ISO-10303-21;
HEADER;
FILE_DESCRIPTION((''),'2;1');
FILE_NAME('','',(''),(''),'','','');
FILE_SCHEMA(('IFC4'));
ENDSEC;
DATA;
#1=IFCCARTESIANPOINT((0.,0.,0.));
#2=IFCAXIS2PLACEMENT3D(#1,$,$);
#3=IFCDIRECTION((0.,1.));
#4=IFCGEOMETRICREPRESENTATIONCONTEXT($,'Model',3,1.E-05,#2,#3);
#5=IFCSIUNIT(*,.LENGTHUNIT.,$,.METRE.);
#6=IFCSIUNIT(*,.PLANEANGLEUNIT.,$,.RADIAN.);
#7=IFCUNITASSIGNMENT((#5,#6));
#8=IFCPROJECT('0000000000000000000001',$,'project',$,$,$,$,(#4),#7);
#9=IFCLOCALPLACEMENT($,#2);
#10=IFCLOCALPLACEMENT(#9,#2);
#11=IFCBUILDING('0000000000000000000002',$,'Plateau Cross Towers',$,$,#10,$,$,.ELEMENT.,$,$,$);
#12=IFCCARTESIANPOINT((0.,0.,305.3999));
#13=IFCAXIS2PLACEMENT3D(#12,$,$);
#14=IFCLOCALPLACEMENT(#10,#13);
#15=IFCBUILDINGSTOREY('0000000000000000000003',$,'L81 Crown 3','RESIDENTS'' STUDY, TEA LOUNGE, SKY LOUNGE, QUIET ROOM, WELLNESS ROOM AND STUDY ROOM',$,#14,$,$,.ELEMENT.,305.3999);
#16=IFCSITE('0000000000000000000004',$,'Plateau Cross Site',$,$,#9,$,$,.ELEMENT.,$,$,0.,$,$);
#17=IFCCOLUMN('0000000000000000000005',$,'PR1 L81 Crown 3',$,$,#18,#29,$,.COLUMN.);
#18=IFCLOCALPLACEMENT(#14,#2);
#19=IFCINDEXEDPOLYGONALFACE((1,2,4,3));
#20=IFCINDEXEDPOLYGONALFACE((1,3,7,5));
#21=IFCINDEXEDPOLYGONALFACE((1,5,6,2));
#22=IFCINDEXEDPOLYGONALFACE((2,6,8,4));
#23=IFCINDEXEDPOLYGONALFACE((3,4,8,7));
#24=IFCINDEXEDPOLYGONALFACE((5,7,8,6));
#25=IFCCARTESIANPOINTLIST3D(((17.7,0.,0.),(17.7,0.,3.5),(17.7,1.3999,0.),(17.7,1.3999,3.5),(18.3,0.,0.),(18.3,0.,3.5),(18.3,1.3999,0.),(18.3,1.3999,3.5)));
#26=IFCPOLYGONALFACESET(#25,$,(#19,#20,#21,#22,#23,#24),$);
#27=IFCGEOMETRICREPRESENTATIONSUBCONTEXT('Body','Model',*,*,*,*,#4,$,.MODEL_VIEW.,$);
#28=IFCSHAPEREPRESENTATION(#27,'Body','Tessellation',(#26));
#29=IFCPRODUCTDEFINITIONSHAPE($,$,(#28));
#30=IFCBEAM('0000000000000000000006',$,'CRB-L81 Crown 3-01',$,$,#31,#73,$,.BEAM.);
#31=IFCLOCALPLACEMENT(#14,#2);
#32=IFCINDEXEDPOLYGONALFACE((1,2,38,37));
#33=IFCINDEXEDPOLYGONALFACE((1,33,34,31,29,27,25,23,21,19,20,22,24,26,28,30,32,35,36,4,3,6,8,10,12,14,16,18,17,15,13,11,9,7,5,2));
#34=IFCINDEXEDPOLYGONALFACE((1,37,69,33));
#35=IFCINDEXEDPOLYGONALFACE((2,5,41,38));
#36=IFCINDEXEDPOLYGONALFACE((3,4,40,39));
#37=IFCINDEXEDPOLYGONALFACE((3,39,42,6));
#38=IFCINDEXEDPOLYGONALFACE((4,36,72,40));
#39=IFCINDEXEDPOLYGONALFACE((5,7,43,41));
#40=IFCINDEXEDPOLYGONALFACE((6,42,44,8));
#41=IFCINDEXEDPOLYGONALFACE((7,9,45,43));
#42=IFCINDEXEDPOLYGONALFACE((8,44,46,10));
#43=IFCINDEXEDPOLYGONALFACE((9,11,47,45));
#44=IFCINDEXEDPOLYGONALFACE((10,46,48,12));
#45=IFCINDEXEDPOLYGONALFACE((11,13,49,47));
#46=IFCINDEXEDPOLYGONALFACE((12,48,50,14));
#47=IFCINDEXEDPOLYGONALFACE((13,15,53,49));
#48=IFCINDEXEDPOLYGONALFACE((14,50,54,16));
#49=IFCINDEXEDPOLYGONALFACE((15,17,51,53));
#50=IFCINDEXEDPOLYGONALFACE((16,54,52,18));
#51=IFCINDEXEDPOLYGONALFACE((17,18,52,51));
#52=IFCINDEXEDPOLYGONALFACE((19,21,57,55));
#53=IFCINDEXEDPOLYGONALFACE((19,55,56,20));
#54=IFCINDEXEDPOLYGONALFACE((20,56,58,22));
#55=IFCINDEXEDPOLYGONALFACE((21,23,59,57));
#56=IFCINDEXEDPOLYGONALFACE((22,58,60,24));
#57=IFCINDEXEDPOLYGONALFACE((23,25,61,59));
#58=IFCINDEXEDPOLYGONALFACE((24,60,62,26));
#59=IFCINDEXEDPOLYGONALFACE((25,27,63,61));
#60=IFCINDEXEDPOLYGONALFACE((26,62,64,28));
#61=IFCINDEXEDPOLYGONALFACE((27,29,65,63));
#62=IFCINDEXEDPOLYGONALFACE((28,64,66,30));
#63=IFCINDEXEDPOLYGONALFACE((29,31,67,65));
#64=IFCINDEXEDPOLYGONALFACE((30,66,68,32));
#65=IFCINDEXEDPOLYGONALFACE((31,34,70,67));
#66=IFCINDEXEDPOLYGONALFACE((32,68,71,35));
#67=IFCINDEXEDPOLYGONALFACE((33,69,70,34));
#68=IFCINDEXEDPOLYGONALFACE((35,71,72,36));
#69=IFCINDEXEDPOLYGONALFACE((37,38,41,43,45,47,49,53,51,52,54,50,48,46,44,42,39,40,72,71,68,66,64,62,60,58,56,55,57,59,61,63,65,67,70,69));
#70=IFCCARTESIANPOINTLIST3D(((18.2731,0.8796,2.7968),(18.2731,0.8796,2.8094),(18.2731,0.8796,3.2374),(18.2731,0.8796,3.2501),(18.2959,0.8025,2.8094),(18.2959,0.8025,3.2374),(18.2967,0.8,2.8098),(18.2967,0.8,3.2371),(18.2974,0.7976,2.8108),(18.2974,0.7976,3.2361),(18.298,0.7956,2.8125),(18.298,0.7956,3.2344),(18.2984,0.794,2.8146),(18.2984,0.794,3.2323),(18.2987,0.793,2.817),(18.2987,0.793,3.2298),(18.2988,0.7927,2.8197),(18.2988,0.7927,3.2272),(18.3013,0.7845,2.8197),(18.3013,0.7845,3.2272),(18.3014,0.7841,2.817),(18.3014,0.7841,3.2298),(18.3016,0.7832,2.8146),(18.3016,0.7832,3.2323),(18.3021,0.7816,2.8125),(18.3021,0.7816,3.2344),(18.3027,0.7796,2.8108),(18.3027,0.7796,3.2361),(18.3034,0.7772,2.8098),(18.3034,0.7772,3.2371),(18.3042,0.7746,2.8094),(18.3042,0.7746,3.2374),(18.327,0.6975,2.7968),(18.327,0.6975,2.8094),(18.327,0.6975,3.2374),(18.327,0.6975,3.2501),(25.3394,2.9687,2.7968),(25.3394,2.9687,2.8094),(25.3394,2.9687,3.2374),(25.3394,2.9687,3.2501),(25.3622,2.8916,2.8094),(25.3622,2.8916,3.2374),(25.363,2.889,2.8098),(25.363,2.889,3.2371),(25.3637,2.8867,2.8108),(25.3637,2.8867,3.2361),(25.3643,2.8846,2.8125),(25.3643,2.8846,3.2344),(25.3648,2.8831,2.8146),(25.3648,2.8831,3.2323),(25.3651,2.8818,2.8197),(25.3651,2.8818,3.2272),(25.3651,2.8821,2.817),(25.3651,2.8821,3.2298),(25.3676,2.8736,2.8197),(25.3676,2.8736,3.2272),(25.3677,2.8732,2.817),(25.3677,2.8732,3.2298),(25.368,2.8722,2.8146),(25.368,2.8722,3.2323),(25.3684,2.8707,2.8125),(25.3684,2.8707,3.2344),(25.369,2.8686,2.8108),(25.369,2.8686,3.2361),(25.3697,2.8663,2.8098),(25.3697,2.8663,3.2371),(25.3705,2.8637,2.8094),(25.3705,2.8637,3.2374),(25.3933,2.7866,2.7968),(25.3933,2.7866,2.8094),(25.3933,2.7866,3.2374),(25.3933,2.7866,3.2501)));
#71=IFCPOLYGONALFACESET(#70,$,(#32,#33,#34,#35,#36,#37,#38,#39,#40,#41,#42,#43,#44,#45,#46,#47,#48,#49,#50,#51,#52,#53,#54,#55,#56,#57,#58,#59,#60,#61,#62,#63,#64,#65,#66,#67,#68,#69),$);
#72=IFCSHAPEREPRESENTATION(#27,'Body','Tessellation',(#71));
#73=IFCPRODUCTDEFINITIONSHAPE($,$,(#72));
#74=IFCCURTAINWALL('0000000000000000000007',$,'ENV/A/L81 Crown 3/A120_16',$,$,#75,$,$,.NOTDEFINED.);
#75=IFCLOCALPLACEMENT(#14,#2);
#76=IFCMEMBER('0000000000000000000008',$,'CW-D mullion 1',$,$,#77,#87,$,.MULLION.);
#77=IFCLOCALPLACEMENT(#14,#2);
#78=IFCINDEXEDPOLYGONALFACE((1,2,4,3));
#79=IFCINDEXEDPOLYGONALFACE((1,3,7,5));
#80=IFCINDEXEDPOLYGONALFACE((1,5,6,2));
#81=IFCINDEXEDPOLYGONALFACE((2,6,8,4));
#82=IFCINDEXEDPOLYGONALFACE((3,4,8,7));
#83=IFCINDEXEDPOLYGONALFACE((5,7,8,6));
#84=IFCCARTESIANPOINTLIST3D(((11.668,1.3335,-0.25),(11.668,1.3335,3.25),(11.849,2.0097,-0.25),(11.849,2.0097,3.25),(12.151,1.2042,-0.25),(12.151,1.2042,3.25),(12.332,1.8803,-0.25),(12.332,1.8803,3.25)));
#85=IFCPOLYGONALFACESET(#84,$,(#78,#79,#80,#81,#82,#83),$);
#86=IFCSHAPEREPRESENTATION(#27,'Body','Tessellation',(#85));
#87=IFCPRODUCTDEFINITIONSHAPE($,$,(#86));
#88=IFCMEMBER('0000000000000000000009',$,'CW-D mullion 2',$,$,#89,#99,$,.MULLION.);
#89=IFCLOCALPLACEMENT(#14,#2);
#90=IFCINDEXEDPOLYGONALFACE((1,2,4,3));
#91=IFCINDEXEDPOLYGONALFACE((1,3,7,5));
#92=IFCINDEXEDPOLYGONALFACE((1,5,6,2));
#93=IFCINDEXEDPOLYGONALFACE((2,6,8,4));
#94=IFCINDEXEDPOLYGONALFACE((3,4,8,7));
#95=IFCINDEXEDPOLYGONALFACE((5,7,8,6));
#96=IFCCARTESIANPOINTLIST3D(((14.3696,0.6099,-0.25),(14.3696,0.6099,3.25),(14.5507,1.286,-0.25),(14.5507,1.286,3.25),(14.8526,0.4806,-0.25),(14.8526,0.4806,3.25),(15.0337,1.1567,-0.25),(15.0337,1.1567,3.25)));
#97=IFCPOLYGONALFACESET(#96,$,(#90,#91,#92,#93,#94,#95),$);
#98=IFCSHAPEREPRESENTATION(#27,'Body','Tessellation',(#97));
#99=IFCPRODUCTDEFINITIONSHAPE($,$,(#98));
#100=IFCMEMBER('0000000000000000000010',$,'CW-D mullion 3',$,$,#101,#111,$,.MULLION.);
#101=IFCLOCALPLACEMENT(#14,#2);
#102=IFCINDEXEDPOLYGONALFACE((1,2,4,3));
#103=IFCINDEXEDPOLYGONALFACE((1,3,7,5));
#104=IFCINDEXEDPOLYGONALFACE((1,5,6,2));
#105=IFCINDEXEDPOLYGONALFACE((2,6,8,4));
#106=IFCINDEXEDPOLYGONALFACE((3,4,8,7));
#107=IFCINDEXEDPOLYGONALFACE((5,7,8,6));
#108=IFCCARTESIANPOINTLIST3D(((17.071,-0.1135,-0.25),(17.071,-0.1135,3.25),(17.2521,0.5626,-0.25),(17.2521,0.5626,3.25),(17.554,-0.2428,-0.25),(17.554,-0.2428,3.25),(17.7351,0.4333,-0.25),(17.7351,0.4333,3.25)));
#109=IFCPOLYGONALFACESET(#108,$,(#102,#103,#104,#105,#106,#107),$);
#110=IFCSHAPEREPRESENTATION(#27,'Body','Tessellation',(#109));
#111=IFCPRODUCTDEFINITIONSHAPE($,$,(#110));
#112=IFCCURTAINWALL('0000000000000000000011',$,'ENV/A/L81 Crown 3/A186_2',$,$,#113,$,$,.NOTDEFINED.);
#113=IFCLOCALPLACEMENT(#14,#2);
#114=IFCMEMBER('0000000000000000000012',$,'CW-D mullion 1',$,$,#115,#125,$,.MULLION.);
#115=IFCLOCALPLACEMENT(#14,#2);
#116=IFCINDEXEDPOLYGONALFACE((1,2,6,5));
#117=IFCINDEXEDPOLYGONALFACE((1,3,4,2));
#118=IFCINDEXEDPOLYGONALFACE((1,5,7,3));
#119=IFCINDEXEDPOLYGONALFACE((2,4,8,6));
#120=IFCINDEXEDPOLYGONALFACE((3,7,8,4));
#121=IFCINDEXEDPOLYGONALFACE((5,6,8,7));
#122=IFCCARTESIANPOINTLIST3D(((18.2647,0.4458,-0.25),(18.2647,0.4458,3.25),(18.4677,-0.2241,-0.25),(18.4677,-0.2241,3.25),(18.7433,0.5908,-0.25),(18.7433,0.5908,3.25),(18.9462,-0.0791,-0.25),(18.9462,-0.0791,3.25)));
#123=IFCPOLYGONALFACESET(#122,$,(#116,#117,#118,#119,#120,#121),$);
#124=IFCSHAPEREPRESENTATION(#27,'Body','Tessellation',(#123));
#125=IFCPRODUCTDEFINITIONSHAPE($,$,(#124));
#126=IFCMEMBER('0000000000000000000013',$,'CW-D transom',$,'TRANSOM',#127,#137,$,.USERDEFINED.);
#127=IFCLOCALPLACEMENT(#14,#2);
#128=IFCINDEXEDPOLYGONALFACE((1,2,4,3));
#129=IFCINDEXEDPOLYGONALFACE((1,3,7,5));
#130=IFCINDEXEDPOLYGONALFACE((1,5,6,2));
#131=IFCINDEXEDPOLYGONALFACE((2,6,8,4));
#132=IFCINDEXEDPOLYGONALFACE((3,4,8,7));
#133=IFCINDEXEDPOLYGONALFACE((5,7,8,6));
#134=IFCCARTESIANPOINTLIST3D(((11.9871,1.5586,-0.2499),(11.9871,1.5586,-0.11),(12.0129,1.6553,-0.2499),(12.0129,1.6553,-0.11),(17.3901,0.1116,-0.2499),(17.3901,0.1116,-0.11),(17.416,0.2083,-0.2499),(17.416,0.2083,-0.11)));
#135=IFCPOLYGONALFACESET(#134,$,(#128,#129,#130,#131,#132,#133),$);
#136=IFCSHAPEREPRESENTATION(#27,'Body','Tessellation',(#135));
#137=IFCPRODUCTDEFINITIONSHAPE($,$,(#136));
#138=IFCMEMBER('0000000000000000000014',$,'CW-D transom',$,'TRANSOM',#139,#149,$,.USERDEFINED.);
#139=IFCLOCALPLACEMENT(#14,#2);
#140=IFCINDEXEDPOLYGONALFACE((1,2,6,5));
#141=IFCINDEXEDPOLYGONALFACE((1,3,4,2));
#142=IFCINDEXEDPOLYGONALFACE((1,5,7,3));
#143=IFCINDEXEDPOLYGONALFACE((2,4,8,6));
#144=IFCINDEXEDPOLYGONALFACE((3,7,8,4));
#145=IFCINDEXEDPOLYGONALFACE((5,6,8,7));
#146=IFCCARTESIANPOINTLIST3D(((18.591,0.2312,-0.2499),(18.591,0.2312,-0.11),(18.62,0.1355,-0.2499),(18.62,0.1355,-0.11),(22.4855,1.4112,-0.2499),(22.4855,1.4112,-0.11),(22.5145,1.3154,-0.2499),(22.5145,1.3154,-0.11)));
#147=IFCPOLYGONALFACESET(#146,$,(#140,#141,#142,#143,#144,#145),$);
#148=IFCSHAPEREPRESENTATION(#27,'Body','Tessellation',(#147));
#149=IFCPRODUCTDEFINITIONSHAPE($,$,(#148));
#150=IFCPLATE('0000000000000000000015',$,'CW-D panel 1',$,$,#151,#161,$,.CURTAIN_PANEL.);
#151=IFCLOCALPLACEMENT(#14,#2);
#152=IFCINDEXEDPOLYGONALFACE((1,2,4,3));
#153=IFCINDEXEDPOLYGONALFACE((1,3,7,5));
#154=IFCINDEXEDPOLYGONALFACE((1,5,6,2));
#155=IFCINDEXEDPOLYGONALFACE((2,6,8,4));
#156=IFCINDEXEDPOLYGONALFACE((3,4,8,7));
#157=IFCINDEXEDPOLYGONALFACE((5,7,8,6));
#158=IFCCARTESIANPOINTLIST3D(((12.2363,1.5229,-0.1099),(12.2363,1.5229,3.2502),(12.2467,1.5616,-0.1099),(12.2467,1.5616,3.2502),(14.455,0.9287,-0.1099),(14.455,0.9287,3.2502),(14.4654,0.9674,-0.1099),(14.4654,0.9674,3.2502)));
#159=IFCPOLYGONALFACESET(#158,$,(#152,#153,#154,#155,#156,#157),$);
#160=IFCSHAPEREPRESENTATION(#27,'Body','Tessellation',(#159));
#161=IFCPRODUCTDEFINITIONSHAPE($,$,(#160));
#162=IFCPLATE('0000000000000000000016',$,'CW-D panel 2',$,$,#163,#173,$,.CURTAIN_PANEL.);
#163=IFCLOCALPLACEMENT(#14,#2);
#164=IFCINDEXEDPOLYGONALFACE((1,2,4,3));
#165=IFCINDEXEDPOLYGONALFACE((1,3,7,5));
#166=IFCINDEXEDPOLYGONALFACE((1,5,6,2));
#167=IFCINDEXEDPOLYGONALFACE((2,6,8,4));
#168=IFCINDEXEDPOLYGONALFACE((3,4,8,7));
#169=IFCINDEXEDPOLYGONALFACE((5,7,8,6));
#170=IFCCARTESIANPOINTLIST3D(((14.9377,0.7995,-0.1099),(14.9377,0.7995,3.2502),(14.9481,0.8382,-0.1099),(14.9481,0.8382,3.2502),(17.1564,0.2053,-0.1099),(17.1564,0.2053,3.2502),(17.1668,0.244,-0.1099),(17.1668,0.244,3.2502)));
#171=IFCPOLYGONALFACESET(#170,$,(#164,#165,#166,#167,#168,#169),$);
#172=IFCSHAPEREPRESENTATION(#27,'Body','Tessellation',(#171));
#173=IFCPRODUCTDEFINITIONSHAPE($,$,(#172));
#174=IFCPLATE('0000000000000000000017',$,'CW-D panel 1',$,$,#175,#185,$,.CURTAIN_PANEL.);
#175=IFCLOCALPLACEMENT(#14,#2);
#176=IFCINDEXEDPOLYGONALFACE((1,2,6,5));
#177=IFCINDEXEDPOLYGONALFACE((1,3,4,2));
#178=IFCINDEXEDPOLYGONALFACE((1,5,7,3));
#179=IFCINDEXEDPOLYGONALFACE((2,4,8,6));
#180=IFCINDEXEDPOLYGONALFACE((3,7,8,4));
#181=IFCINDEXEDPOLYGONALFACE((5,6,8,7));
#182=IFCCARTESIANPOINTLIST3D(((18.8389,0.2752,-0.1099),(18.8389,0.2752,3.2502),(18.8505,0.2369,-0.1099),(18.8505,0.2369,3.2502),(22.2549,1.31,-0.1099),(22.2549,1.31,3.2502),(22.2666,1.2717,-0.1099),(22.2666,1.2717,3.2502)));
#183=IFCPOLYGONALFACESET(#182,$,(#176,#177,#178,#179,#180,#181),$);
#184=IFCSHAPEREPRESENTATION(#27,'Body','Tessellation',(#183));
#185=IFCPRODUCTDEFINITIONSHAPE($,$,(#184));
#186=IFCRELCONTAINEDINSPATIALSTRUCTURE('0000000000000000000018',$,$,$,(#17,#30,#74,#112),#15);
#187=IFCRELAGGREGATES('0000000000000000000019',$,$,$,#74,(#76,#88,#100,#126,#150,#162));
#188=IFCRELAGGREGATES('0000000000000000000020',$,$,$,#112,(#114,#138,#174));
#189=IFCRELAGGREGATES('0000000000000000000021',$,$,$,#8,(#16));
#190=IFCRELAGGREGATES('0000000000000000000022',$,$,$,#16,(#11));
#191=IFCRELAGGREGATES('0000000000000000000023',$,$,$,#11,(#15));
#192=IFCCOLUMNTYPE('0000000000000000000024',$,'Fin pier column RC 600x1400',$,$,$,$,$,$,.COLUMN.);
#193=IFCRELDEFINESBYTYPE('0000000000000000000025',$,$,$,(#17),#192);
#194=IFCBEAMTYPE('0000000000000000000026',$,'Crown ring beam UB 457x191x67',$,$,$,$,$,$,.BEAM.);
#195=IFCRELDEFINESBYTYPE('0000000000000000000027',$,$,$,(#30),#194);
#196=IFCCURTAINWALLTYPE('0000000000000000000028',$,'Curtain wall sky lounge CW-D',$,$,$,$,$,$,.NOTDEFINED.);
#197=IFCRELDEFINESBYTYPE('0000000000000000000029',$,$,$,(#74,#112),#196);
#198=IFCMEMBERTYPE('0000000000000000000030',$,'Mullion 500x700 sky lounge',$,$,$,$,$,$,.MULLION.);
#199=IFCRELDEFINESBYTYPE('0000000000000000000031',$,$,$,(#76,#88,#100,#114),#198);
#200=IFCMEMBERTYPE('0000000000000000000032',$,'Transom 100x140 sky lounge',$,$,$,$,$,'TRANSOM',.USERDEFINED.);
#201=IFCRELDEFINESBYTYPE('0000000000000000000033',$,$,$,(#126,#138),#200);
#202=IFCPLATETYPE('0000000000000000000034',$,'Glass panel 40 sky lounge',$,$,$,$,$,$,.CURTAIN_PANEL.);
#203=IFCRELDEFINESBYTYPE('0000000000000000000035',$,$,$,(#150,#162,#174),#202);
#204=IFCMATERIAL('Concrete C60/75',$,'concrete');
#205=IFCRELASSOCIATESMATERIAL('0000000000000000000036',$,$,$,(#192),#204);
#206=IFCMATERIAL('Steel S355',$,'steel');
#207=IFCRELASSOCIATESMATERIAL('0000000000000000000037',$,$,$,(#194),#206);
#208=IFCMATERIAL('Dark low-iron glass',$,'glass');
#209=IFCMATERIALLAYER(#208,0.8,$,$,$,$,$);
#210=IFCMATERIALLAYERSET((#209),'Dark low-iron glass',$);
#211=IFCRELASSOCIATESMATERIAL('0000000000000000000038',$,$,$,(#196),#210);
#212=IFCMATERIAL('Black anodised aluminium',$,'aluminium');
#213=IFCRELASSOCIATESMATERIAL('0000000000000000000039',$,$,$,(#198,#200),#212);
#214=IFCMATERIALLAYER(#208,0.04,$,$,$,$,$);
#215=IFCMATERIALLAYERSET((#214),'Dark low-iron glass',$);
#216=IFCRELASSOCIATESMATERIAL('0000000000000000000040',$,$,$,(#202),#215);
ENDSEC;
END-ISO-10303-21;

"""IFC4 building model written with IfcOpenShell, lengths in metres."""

from ifc_helpers import new_model, si_unit, direction, frame, origin, origin_2d, place, context, subcontext, project, spatial, rectangle, i_section, extrude, material, layer, layer_set, material_profile, profile_set, type_object, element, aggregate, save


model = new_model("IFC4")

# Units and contexts
model_context = context("Model", 3, precision=1e-05, world=origin(), true_north=direction((0.0, 1.0)))
body_context = subcontext(model_context, "Body", "Model", "MODEL_VIEW")
ifc_project = project(units=[si_unit("LENGTHUNIT", "METRE"), si_unit("PLANEANGLEUNIT", "RADIAN")], contexts=[model_context])

# Site, building, storey
site_placement = place(None, origin())
site = spatial("IfcSite", under=ifc_project, at=site_placement, Name="Plateau Cross Site", CompositionType="ELEMENT", RefElevation=0.0)
building_placement = place(site_placement, origin())
building = spatial("IfcBuilding", under=site, at=building_placement, Name="Plateau Cross Towers", CompositionType="ELEMENT")
storey_placement = place(building_placement, frame((0.0, 0.0, 305.3999)))
storey = spatial("IfcBuildingStorey", under=building, at=storey_placement, Name="L81 Crown 3", Description="RESIDENTS' STUDY, TEA LOUNGE, SKY LOUNGE, QUIET ROOM, WELLNESS ROOM AND STUDY ROOM", CompositionType="ELEMENT", Elevation=305.3999)

# Column
ifc_material_1 = material(Name="Concrete C60/75", Category="concrete")
ifc_material_profile_1 = material_profile(ifc_material_1, rectangle(XDim=0.6001, YDim=1.3999, at=origin_2d()), Name="RC 600x1400")
ifc_profile_set_1 = profile_set([ifc_material_profile_1], Name="Concrete C60/75")
column_type = type_object("IfcColumnType", Name="Fin pier column RC 600x1400", PredefinedType="COLUMN", material=ifc_profile_set_1)
column_placement = place(storey_placement, frame((18.0, 0.7, 0.0), z_axis=(0.0, 0.0, 1.0), x_axis=(1.0, 0.0, 0.0)))
element("IfcColumn", 1, at=column_placement, inside=storey, type_object=column_type, Name="PR1 L81 Crown 3", PredefinedType="COLUMN", context=body_context, shape_type="SweptSolid", body=[
    extrude(rectangle(XDim=0.6001, YDim=1.3999, at=origin_2d()), origin(), (0.0, 0.0, 1.0), 3.5),
])

# Beam
ifc_material_2 = material(Name="Steel S355", Category="steel")
ifc_material_profile_2 = material_profile(ifc_material_2, i_section(OverallWidth=0.1899, OverallDepth=0.4534, WebThickness=0.0085, FlangeThickness=0.0127, FilletRadius=0.0103, at=origin_2d()), Name="UB 457x191x67")
ifc_profile_set_2 = profile_set([ifc_material_profile_2], Name="Steel S355")
beam_type = type_object("IfcBeamType", Name="Crown ring beam UB 457x191x67", PredefinedType="BEAM", material=ifc_profile_set_2)
beam_placement = place(storey_placement, frame((18.3, 0.7886, 3.0234), z_axis=(0.958969, 0.28351, 0.0), x_axis=(-0.28351, 0.958969, 0.0)))
element("IfcBeam", 2, at=beam_placement, inside=storey, type_object=beam_type, Name="CRB-L81 Crown 3-01", PredefinedType="BEAM", context=body_context, shape_type="SweptSolid", body=[
    extrude(i_section(OverallWidth=0.1899, OverallDepth=0.4534, WebThickness=0.0085, FlangeThickness=0.0127, FilletRadius=0.0103, at=origin_2d()), origin(), (0.0, 0.0, 1.0), 7.3687),
])

# Curtain wall, members
ifc_material_3 = material(Name="Dark low-iron glass", Category="glass")
ifc_layer_1 = layer(ifc_material_3, 0.8)
ifc_layer_set_1 = layer_set([ifc_layer_1], Name="Dark low-iron glass")
curtain_wall_type = type_object("IfcCurtainWallType", Name="Curtain wall sky lounge CW-D", PredefinedType="NOTDEFINED", material=ifc_layer_set_1)
curtain_wall_1_placement = place(storey_placement, origin())
curtain_wall_1 = element("IfcCurtainWall", 3, at=curtain_wall_1_placement, inside=storey, type_object=curtain_wall_type, Name="ENV/A/L81 Crown 3/A120_16", PredefinedType="NOTDEFINED")
ifc_material_4 = material(Name="Black anodised aluminium", Category="aluminium")
ifc_material_profile_3 = material_profile(ifc_material_4, rectangle(XDim=0.5, YDim=0.7, at=origin_2d()), Name="MULLION 500x700")
ifc_profile_set_3 = profile_set([ifc_material_profile_3], Name="Black anodised aluminium")
member_type_1 = type_object("IfcMemberType", Name="Mullion 500x700 sky lounge", PredefinedType="MULLION", material=ifc_profile_set_3)
member_1_placement = place(storey_placement, frame((12.0, 1.6069, -0.25), z_axis=(0.0, 0.0, 1.0), x_axis=(0.965958, -0.258699, 0.0)))
member_1 = element("IfcMember", 4, at=member_1_placement, type_object=member_type_1, Name="CW-D mullion 1", PredefinedType="MULLION", context=body_context, shape_type="SweptSolid", body=[
    extrude(rectangle(XDim=0.5, YDim=0.7, at=origin_2d()), origin(), (0.0, 0.0, 1.0), 3.5),
])
member_2_placement = place(storey_placement, frame((14.7017, 0.8833, -0.25), z_axis=(0.0, 0.0, 1.0), x_axis=(0.965958, -0.258699, 0.0)))
member_2 = element("IfcMember", 5, at=member_2_placement, type_object=member_type_1, Name="CW-D mullion 2", PredefinedType="MULLION", context=body_context, shape_type="SweptSolid", body=[
    extrude(rectangle(XDim=0.5, YDim=0.7, at=origin_2d()), origin(), (0.0, 0.0, 1.0), 3.5),
])
member_3_placement = place(storey_placement, frame((17.4031, 0.1599, -0.25), z_axis=(0.0, 0.0, 1.0), x_axis=(0.965958, -0.258699, 0.0)))
member_3 = element("IfcMember", 6, at=member_3_placement, type_object=member_type_1, Name="CW-D mullion 3", PredefinedType="MULLION", context=body_context, shape_type="SweptSolid", body=[
    extrude(rectangle(XDim=0.5, YDim=0.7, at=origin_2d()), origin(), (0.0, 0.0, 1.0), 3.5),
])

# Curtain wall, member
curtain_wall_2_placement = place(storey_placement, origin())
curtain_wall_2 = element("IfcCurtainWall", 7, at=curtain_wall_2_placement, inside=storey, type_object=curtain_wall_type, Name="ENV/A/L81 Crown 3/A186_2", PredefinedType="NOTDEFINED")
member_4_placement = place(storey_placement, frame((18.6055, 0.1833, -0.25), z_axis=(0.0, 0.0, 1.0), x_axis=(0.957048, 0.289928, 0.0)))
member_4 = element("IfcMember", 8, at=member_4_placement, type_object=member_type_1, Name="CW-D mullion 1", PredefinedType="MULLION", context=body_context, shape_type="SweptSolid", body=[
    extrude(rectangle(XDim=0.5, YDim=0.7, at=origin_2d()), origin(), (0.0, 0.0, 1.0), 3.5),
])

# Members
ifc_material_profile_4 = material_profile(ifc_material_4, rectangle(XDim=0.1001, YDim=0.1399, at=origin_2d()), Name="TRANSOM 100x140")
ifc_profile_set_4 = profile_set([ifc_material_profile_4], Name="Black anodised aluminium")
member_type_2 = type_object("IfcMemberType", Name="Transom 100x140 sky lounge", ElementType="TRANSOM", PredefinedType="USERDEFINED", material=ifc_profile_set_4)
member_5_placement = place(storey_placement, frame((12.0, 1.6069, -0.1799), z_axis=(0.965958, -0.258698, 0.0), x_axis=(0.258698, 0.965958, 0.0)))
member_5 = element("IfcMember", 9, at=member_5_placement, type_object=member_type_2, Name="CW-D transom", ObjectType="TRANSOM", PredefinedType="USERDEFINED", context=body_context, shape_type="SweptSolid", body=[
    extrude(rectangle(XDim=0.1001, YDim=0.1399, at=origin_2d()), origin(), (0.0, 0.0, 1.0), 5.5935),
])
member_6_placement = place(storey_placement, frame((18.6055, 0.1833, -0.1799), z_axis=(0.95704, 0.289956, 0.0), x_axis=(-0.289956, 0.95704, 0.0)))
member_6 = element("IfcMember", 10, at=member_6_placement, type_object=member_type_2, Name="CW-D transom", ObjectType="TRANSOM", PredefinedType="USERDEFINED", context=body_context, shape_type="SweptSolid", body=[
    extrude(rectangle(XDim=0.1001, YDim=0.1399, at=origin_2d()), origin(), (0.0, 0.0, 1.0), 4.0693),
])

# Plates
ifc_layer_2 = layer(ifc_material_3, 0.04)
ifc_layer_set_2 = layer_set([ifc_layer_2], Name="Dark low-iron glass")
plate_type = type_object("IfcPlateType", Name="Glass panel 40 sky lounge", PredefinedType="CURTAIN_PANEL", material=ifc_layer_set_2)
plate_1_placement = place(storey_placement, frame((13.3508, 1.2451, -0.1099), z_axis=(0.0, 0.0, 1.0), x_axis=(0.965958, -0.258699, 0.0)))
plate_1 = element("IfcPlate", 11, at=plate_1_placement, type_object=plate_type, Name="CW-D panel 1", PredefinedType="CURTAIN_PANEL", context=body_context, shape_type="SweptSolid", body=[
    extrude(rectangle(XDim=2.2969, YDim=0.04, at=origin_2d()), origin(), (0.0, 0.0, 1.0), 3.3601),
])
plate_2_placement = place(storey_placement, frame((16.0522, 0.5217, -0.1099), z_axis=(0.0, 0.0, 1.0), x_axis=(0.965958, -0.258699, 0.0)))
plate_2 = element("IfcPlate", 12, at=plate_2_placement, type_object=plate_type, Name="CW-D panel 2", PredefinedType="CURTAIN_PANEL", context=body_context, shape_type="SweptSolid", body=[
    extrude(rectangle(XDim=2.2969, YDim=0.04, at=origin_2d()), origin(), (0.0, 0.0, 1.0), 3.3601),
])
aggregate(curtain_wall_1, [member_1, member_2, member_3, member_5, plate_1, plate_2])
plate_3_placement = place(storey_placement, frame((20.5527, 0.7734, -0.1099), z_axis=(0.0, 0.0, 1.0), x_axis=(0.957048, 0.289928, 0.0)))
plate_3 = element("IfcPlate", 13, at=plate_3_placement, type_object=plate_type, Name="CW-D panel 1", PredefinedType="CURTAIN_PANEL", context=body_context, shape_type="SweptSolid", body=[
    extrude(rectangle(XDim=3.5693, YDim=0.04, at=origin_2d()), origin(), (0.0, 0.0, 1.0), 3.3601),
])
aggregate(curtain_wall_2, [member_4, member_6, plate_3])

save(model, "model.ifc")
